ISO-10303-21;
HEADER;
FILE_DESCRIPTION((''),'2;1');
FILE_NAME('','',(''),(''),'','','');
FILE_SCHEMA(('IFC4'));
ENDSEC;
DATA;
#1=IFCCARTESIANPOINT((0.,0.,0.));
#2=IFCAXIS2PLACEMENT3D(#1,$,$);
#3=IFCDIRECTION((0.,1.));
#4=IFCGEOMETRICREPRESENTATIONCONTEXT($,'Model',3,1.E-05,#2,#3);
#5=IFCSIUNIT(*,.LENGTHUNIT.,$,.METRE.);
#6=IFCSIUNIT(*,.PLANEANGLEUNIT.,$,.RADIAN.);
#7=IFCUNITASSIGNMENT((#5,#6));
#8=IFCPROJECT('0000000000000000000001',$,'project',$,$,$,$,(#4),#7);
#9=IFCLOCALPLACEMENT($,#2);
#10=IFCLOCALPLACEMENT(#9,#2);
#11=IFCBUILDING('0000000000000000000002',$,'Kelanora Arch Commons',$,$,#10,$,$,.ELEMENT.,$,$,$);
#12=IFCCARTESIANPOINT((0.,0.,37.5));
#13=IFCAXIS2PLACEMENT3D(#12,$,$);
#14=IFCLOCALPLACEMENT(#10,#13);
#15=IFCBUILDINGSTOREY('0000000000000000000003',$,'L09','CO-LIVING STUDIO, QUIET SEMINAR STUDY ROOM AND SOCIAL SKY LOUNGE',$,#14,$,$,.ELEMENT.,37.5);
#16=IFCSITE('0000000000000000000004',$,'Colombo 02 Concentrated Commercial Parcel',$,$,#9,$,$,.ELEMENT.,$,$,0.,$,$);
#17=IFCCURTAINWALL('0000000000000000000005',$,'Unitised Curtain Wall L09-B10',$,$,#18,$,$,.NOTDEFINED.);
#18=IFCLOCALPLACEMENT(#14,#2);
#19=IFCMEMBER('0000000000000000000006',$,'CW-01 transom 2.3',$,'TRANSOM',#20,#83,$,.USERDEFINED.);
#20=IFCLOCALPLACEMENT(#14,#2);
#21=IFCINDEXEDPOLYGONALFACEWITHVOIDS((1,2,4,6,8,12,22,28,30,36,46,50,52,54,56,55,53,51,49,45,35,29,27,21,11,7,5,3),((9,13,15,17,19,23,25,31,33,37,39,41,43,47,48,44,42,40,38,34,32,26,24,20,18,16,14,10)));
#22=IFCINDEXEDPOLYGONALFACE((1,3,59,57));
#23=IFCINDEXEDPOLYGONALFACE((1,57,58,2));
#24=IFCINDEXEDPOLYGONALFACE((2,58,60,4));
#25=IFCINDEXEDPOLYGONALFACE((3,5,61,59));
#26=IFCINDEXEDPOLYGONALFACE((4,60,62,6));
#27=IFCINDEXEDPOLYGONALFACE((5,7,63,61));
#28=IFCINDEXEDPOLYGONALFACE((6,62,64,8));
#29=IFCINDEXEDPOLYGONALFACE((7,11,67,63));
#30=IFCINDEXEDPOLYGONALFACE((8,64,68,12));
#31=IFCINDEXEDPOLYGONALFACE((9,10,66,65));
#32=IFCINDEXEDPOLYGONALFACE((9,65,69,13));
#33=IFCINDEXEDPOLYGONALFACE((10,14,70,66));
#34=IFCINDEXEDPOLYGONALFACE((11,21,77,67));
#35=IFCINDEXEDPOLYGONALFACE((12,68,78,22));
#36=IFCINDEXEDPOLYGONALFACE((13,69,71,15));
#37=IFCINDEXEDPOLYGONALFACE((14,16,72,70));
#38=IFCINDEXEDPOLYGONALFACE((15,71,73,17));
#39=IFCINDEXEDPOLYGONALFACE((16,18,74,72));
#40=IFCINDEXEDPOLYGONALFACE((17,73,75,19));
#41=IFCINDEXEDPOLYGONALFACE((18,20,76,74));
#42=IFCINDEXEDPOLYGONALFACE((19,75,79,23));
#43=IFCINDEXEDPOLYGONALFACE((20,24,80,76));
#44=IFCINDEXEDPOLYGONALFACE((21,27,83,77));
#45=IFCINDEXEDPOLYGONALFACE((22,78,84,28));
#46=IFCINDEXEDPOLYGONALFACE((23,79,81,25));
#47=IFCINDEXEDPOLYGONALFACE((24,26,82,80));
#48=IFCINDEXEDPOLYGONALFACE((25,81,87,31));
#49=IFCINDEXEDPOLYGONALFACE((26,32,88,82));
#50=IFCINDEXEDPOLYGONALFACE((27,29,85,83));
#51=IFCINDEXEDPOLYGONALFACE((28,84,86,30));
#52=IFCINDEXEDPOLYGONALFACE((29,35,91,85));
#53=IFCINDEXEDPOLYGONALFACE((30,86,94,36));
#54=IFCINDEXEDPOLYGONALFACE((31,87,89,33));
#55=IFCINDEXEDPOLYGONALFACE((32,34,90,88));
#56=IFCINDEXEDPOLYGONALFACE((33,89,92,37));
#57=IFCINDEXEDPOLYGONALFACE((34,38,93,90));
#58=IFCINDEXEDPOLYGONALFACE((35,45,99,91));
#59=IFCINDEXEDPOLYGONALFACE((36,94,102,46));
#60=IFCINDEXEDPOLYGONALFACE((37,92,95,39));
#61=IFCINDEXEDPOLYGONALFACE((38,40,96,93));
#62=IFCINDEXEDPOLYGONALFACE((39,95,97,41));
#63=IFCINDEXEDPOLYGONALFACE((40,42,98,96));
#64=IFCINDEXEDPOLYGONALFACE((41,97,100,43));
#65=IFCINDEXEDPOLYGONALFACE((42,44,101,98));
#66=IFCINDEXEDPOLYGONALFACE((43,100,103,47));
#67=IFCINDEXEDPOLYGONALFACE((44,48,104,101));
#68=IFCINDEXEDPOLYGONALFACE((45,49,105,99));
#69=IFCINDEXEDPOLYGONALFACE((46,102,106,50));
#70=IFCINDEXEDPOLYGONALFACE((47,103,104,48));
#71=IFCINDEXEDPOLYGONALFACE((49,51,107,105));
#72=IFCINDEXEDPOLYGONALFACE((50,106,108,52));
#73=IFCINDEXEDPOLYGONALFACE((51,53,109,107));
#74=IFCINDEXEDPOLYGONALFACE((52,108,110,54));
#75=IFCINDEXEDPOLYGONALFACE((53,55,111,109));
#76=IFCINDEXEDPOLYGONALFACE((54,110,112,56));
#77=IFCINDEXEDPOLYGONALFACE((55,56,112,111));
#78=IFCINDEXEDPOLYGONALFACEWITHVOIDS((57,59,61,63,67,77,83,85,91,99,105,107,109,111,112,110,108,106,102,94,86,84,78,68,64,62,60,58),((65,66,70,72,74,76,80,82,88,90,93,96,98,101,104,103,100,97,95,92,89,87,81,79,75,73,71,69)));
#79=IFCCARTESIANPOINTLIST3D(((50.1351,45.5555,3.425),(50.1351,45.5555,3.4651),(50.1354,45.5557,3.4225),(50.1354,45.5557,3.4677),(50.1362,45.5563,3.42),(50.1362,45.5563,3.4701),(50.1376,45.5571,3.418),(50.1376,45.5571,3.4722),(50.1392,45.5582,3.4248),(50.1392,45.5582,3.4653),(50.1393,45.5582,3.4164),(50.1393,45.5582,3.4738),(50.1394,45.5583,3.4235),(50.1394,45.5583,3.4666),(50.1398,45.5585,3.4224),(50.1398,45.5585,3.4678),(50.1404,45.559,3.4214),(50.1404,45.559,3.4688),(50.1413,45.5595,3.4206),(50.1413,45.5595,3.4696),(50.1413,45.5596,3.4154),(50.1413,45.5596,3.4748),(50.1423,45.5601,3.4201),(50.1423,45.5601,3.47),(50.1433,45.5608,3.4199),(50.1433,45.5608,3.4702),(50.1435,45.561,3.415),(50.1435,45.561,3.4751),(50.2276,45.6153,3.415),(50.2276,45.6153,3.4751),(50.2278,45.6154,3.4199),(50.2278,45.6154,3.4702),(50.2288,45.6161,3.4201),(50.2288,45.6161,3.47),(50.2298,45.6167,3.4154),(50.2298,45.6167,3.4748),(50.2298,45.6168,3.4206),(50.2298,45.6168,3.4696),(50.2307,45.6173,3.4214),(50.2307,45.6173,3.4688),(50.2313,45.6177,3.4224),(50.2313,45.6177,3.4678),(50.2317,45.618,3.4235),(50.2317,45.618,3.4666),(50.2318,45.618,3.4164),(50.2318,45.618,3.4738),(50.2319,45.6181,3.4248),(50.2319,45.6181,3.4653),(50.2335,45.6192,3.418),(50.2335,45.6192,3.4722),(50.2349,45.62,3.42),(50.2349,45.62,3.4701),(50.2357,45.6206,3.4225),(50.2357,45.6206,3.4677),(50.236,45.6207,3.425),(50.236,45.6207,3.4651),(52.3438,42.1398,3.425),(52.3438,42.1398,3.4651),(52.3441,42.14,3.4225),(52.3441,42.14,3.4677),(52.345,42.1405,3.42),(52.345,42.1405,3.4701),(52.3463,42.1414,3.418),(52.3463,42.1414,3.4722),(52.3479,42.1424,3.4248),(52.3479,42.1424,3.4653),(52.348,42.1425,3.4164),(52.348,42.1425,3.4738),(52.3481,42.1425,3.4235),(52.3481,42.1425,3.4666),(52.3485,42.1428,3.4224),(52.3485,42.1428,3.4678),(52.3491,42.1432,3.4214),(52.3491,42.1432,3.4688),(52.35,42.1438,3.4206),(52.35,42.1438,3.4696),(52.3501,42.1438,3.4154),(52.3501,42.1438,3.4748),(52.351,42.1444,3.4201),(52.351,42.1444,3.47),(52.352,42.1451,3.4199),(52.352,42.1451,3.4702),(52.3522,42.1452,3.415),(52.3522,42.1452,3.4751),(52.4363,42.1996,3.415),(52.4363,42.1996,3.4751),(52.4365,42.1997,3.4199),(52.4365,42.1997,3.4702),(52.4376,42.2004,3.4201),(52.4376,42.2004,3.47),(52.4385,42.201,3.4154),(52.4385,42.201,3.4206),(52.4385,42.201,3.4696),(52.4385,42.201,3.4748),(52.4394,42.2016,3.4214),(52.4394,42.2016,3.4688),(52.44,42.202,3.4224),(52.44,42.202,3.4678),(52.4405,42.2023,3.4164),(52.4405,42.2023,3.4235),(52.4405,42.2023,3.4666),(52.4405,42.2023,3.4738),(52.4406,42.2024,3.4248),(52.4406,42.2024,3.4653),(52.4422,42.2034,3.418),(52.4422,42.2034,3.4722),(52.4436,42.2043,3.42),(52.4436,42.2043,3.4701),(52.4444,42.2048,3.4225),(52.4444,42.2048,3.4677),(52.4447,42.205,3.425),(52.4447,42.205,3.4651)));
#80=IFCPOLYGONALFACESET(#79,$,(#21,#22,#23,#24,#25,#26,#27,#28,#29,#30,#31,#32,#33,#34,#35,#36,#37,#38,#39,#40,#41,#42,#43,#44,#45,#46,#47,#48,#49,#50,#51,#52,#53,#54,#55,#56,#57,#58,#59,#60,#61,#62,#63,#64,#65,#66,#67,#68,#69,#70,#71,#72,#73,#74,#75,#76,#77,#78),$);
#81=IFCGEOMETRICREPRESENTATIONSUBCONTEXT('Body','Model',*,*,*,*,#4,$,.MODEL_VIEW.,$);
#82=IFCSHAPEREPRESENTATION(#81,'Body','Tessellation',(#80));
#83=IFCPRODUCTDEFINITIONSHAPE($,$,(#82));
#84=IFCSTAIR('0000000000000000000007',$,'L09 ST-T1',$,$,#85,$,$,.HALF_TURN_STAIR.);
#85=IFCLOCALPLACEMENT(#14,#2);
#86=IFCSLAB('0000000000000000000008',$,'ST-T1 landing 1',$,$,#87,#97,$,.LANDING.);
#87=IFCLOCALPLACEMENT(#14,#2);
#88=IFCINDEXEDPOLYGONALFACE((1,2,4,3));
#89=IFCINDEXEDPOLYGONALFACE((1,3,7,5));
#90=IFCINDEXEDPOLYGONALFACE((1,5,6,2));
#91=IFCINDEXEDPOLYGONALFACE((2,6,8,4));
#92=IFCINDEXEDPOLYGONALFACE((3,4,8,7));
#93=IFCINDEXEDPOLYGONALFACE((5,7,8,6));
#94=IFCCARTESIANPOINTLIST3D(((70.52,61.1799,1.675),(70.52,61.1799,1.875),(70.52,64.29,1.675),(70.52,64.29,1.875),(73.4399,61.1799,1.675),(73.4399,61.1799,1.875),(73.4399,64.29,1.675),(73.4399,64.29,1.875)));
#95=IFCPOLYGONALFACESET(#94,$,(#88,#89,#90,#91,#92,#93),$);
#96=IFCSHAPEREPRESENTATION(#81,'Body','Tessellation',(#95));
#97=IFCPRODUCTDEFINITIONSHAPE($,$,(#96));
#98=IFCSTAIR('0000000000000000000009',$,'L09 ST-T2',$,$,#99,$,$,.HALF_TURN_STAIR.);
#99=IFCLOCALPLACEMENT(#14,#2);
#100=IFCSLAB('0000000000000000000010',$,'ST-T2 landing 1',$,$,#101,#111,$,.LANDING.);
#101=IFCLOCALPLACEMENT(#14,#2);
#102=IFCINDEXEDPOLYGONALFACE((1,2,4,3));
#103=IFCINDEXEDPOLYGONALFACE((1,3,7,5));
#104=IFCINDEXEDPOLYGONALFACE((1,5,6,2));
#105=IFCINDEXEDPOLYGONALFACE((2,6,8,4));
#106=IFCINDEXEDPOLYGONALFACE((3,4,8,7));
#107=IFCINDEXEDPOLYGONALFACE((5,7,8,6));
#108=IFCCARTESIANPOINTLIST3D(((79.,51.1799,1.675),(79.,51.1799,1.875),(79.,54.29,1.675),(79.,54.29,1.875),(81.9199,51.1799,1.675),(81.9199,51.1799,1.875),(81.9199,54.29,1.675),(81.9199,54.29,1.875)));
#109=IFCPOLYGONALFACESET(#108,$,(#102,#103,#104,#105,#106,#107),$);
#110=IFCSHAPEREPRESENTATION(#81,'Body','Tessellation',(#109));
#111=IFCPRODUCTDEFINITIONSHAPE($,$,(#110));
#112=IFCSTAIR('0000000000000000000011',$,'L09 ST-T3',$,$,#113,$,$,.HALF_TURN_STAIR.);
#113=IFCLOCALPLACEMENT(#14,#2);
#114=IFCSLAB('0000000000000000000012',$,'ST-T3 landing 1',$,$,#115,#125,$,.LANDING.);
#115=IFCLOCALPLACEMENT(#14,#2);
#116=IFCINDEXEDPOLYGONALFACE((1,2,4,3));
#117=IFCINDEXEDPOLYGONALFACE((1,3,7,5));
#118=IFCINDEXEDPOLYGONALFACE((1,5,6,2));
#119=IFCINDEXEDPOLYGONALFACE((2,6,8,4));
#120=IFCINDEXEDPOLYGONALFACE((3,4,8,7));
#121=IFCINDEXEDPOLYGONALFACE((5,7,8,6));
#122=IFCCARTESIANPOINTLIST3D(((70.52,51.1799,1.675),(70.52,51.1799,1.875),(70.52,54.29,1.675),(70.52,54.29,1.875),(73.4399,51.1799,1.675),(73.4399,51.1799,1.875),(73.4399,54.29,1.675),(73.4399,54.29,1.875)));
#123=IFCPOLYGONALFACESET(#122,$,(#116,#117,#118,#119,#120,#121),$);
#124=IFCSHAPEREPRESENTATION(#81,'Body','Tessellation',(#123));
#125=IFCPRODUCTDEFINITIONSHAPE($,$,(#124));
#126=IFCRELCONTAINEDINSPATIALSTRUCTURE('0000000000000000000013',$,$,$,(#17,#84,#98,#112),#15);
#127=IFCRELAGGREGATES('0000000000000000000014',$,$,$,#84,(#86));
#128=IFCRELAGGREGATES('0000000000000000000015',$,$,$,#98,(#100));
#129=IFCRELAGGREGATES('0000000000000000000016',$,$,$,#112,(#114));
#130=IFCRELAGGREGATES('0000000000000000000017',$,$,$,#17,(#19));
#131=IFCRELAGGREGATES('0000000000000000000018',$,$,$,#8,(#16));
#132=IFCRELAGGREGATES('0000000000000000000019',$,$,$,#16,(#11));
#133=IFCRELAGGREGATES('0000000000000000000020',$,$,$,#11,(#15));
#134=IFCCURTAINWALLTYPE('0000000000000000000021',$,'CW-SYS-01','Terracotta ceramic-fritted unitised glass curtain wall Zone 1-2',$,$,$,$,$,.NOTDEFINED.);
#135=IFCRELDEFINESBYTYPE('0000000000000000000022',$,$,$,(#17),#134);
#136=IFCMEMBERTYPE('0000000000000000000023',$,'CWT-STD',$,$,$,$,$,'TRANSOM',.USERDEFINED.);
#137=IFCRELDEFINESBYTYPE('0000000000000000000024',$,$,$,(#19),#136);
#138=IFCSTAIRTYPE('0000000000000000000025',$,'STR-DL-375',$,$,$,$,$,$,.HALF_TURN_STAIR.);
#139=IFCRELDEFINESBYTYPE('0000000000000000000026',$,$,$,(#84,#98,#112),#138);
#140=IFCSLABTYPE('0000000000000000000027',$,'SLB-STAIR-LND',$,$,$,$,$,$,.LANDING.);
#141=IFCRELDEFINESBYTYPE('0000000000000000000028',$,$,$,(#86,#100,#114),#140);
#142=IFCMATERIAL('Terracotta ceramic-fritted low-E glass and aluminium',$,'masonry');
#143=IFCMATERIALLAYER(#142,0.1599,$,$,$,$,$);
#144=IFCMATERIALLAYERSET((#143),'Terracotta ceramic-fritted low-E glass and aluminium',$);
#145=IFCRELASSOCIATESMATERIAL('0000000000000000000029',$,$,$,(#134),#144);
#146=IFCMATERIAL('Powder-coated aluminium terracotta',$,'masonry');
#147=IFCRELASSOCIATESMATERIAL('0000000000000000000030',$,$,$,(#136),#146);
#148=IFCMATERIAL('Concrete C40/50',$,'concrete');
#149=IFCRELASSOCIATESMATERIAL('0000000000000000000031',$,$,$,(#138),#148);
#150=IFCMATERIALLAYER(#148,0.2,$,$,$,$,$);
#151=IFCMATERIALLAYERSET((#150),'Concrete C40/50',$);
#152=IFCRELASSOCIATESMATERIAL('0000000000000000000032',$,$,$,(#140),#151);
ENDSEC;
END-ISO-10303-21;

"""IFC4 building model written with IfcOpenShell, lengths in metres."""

from ifc_helpers import new_model, si_unit, direction, frame, origin, origin_2d, place, context, subcontext, project, spatial, polyline, hollow_rectangle, outline, extrude, material, layer, layer_set, material_profile, profile_set, type_object, element, aggregate, save


model = new_model("IFC4")

# Units and contexts
model_context = context("Model", 3, precision=1e-05, world=origin(), true_north=direction((0.0, 1.0)))
body_context = subcontext(model_context, "Body", "Model", "MODEL_VIEW")
ifc_project = project(units=[si_unit("LENGTHUNIT", "METRE"), si_unit("PLANEANGLEUNIT", "RADIAN")], contexts=[model_context])

# Site, building, storey
site_placement = place(None, origin())
site = spatial("IfcSite", under=ifc_project, at=site_placement, Name="Colombo 02 Concentrated Commercial Parcel", CompositionType="ELEMENT", RefElevation=0.0)
building_placement = place(site_placement, origin())
building = spatial("IfcBuilding", under=site, at=building_placement, Name="Kelanora Arch Commons", CompositionType="ELEMENT")
storey_placement = place(building_placement, frame((0.0, 0.0, 37.5)))
storey = spatial("IfcBuildingStorey", under=building, at=storey_placement, Name="L09", Description="CO-LIVING STUDIO, QUIET SEMINAR STUDY ROOM AND SOCIAL SKY LOUNGE", CompositionType="ELEMENT", Elevation=37.5)

# Curtain wall, member
ifc_material_1 = material(Name="Terracotta ceramic-fritted low-E glass and aluminium", Category="masonry")
ifc_layer_1 = layer(ifc_material_1, 0.1599)
ifc_layer_set_1 = layer_set([ifc_layer_1], Name="Terracotta ceramic-fritted low-E glass and aluminium")
curtain_wall_type = type_object("IfcCurtainWallType", Name="CW-SYS-01", Description="Terracotta ceramic-fritted unitised glass curtain wall Zone 1-2", PredefinedType="NOTDEFINED", material=ifc_layer_set_1)
curtain_wall_placement = place(storey_placement, origin())
curtain_wall = element("IfcCurtainWall", 1, at=curtain_wall_placement, inside=storey, type_object=curtain_wall_type, Name="Unitised Curtain Wall L09-B10", PredefinedType="NOTDEFINED")
ifc_material_2 = material(Name="Powder-coated aluminium terracotta", Category="masonry")
ifc_material_profile_1 = material_profile(ifc_material_2, hollow_rectangle(XDim=0.1201, YDim=0.0601, WallThickness=0.0049, InnerFilletRadius=0.0049, OuterFilletRadius=0.01, at=origin_2d()), Name="CWT120x60")
ifc_profile_set_1 = profile_set([ifc_material_profile_1], Name="Powder-coated aluminium terracotta")
member_type_1 = type_object("IfcMemberType", Name="CWT-STD", ElementType="TRANSOM", PredefinedType="USERDEFINED", material=ifc_profile_set_1)
member_1_placement = place(storey_placement, frame((50.1855, 45.5881, 3.4451), z_axis=(0.542997, -0.839734, 0.0), x_axis=(0.839734, 0.542997, 0.0)))
member_1 = element("IfcMember", 2, at=member_1_placement, type_object=member_type_1, Name="CW-01 transom 2.3", ObjectType="TRANSOM", PredefinedType="USERDEFINED", context=body_context, shape_type="SweptSolid", body=[
    extrude(hollow_rectangle(XDim=0.1201, YDim=0.0601, WallThickness=0.0049, InnerFilletRadius=0.0049, OuterFilletRadius=0.01, at=origin_2d()), origin(), (0.0, 0.0, 1.0), 4.0676),
])

# Stairs, slabs
ifc_material_3 = material(Name="Concrete C40/50", Category="concrete")
stair_type = type_object("IfcStairType", Name="STR-DL-375", PredefinedType="HALF_TURN_STAIR", material=ifc_material_3)
stair_1_placement = place(storey_placement, origin())
stair_1 = element("IfcStair", 3, at=stair_1_placement, inside=storey, type_object=stair_type, Name="L09 ST-T1", PredefinedType="HALF_TURN_STAIR")
ifc_layer_2 = layer(ifc_material_3, 0.2)
ifc_layer_set_2 = layer_set([ifc_layer_2], Name="Concrete C40/50")
slab_type_1 = type_object("IfcSlabType", Name="SLB-STAIR-LND", PredefinedType="LANDING", material=ifc_layer_set_2)
slab_1_placement = place(storey_placement, frame((0.0, 0.0, 1.675)))
slab_1 = element("IfcSlab", 4, at=slab_1_placement, type_object=slab_type_1, Name="ST-T1 landing 1", PredefinedType="LANDING", context=body_context, shape_type="SweptSolid", body=[
    extrude(outline(polyline([(70.52, 61.1799), (73.4399, 61.1799), (73.4399, 64.29), (70.52, 64.29), (70.52, 61.1799)])), origin(), (0.0, 0.0, 1.0), 0.2),
])
aggregate(stair_1, [slab_1])
stair_2_placement = place(storey_placement, origin())
stair_2 = element("IfcStair", 5, at=stair_2_placement, inside=storey, type_object=stair_type, Name="L09 ST-T2", PredefinedType="HALF_TURN_STAIR")
slab_2_placement = place(storey_placement, frame((0.0, 0.0, 1.675)))
slab_2 = element("IfcSlab", 6, at=slab_2_placement, type_object=slab_type_1, Name="ST-T2 landing 1", PredefinedType="LANDING", context=body_context, shape_type="SweptSolid", body=[
    extrude(outline(polyline([(79.0, 51.1799), (81.9199, 51.1799), (81.9199, 54.29), (79.0, 54.29), (79.0, 51.1799)])), origin(), (0.0, 0.0, 1.0), 0.2),
])
aggregate(stair_2, [slab_2])
stair_3_placement = place(storey_placement, origin())
stair_3 = element("IfcStair", 7, at=stair_3_placement, inside=storey, type_object=stair_type, Name="L09 ST-T3", PredefinedType="HALF_TURN_STAIR")
slab_3_placement = place(storey_placement, frame((0.0, 0.0, 1.675)))
slab_3 = element("IfcSlab", 8, at=slab_3_placement, type_object=slab_type_1, Name="ST-T3 landing 1", PredefinedType="LANDING", context=body_context, shape_type="SweptSolid", body=[
    extrude(outline(polyline([(70.52, 51.1799), (73.4399, 51.1799), (73.4399, 54.29), (70.52, 54.29), (70.52, 51.1799)])), origin(), (0.0, 0.0, 1.0), 0.2),
])
aggregate(stair_3, [slab_3])

aggregate(curtain_wall, [member_1])

save(model, "model.ifc")
